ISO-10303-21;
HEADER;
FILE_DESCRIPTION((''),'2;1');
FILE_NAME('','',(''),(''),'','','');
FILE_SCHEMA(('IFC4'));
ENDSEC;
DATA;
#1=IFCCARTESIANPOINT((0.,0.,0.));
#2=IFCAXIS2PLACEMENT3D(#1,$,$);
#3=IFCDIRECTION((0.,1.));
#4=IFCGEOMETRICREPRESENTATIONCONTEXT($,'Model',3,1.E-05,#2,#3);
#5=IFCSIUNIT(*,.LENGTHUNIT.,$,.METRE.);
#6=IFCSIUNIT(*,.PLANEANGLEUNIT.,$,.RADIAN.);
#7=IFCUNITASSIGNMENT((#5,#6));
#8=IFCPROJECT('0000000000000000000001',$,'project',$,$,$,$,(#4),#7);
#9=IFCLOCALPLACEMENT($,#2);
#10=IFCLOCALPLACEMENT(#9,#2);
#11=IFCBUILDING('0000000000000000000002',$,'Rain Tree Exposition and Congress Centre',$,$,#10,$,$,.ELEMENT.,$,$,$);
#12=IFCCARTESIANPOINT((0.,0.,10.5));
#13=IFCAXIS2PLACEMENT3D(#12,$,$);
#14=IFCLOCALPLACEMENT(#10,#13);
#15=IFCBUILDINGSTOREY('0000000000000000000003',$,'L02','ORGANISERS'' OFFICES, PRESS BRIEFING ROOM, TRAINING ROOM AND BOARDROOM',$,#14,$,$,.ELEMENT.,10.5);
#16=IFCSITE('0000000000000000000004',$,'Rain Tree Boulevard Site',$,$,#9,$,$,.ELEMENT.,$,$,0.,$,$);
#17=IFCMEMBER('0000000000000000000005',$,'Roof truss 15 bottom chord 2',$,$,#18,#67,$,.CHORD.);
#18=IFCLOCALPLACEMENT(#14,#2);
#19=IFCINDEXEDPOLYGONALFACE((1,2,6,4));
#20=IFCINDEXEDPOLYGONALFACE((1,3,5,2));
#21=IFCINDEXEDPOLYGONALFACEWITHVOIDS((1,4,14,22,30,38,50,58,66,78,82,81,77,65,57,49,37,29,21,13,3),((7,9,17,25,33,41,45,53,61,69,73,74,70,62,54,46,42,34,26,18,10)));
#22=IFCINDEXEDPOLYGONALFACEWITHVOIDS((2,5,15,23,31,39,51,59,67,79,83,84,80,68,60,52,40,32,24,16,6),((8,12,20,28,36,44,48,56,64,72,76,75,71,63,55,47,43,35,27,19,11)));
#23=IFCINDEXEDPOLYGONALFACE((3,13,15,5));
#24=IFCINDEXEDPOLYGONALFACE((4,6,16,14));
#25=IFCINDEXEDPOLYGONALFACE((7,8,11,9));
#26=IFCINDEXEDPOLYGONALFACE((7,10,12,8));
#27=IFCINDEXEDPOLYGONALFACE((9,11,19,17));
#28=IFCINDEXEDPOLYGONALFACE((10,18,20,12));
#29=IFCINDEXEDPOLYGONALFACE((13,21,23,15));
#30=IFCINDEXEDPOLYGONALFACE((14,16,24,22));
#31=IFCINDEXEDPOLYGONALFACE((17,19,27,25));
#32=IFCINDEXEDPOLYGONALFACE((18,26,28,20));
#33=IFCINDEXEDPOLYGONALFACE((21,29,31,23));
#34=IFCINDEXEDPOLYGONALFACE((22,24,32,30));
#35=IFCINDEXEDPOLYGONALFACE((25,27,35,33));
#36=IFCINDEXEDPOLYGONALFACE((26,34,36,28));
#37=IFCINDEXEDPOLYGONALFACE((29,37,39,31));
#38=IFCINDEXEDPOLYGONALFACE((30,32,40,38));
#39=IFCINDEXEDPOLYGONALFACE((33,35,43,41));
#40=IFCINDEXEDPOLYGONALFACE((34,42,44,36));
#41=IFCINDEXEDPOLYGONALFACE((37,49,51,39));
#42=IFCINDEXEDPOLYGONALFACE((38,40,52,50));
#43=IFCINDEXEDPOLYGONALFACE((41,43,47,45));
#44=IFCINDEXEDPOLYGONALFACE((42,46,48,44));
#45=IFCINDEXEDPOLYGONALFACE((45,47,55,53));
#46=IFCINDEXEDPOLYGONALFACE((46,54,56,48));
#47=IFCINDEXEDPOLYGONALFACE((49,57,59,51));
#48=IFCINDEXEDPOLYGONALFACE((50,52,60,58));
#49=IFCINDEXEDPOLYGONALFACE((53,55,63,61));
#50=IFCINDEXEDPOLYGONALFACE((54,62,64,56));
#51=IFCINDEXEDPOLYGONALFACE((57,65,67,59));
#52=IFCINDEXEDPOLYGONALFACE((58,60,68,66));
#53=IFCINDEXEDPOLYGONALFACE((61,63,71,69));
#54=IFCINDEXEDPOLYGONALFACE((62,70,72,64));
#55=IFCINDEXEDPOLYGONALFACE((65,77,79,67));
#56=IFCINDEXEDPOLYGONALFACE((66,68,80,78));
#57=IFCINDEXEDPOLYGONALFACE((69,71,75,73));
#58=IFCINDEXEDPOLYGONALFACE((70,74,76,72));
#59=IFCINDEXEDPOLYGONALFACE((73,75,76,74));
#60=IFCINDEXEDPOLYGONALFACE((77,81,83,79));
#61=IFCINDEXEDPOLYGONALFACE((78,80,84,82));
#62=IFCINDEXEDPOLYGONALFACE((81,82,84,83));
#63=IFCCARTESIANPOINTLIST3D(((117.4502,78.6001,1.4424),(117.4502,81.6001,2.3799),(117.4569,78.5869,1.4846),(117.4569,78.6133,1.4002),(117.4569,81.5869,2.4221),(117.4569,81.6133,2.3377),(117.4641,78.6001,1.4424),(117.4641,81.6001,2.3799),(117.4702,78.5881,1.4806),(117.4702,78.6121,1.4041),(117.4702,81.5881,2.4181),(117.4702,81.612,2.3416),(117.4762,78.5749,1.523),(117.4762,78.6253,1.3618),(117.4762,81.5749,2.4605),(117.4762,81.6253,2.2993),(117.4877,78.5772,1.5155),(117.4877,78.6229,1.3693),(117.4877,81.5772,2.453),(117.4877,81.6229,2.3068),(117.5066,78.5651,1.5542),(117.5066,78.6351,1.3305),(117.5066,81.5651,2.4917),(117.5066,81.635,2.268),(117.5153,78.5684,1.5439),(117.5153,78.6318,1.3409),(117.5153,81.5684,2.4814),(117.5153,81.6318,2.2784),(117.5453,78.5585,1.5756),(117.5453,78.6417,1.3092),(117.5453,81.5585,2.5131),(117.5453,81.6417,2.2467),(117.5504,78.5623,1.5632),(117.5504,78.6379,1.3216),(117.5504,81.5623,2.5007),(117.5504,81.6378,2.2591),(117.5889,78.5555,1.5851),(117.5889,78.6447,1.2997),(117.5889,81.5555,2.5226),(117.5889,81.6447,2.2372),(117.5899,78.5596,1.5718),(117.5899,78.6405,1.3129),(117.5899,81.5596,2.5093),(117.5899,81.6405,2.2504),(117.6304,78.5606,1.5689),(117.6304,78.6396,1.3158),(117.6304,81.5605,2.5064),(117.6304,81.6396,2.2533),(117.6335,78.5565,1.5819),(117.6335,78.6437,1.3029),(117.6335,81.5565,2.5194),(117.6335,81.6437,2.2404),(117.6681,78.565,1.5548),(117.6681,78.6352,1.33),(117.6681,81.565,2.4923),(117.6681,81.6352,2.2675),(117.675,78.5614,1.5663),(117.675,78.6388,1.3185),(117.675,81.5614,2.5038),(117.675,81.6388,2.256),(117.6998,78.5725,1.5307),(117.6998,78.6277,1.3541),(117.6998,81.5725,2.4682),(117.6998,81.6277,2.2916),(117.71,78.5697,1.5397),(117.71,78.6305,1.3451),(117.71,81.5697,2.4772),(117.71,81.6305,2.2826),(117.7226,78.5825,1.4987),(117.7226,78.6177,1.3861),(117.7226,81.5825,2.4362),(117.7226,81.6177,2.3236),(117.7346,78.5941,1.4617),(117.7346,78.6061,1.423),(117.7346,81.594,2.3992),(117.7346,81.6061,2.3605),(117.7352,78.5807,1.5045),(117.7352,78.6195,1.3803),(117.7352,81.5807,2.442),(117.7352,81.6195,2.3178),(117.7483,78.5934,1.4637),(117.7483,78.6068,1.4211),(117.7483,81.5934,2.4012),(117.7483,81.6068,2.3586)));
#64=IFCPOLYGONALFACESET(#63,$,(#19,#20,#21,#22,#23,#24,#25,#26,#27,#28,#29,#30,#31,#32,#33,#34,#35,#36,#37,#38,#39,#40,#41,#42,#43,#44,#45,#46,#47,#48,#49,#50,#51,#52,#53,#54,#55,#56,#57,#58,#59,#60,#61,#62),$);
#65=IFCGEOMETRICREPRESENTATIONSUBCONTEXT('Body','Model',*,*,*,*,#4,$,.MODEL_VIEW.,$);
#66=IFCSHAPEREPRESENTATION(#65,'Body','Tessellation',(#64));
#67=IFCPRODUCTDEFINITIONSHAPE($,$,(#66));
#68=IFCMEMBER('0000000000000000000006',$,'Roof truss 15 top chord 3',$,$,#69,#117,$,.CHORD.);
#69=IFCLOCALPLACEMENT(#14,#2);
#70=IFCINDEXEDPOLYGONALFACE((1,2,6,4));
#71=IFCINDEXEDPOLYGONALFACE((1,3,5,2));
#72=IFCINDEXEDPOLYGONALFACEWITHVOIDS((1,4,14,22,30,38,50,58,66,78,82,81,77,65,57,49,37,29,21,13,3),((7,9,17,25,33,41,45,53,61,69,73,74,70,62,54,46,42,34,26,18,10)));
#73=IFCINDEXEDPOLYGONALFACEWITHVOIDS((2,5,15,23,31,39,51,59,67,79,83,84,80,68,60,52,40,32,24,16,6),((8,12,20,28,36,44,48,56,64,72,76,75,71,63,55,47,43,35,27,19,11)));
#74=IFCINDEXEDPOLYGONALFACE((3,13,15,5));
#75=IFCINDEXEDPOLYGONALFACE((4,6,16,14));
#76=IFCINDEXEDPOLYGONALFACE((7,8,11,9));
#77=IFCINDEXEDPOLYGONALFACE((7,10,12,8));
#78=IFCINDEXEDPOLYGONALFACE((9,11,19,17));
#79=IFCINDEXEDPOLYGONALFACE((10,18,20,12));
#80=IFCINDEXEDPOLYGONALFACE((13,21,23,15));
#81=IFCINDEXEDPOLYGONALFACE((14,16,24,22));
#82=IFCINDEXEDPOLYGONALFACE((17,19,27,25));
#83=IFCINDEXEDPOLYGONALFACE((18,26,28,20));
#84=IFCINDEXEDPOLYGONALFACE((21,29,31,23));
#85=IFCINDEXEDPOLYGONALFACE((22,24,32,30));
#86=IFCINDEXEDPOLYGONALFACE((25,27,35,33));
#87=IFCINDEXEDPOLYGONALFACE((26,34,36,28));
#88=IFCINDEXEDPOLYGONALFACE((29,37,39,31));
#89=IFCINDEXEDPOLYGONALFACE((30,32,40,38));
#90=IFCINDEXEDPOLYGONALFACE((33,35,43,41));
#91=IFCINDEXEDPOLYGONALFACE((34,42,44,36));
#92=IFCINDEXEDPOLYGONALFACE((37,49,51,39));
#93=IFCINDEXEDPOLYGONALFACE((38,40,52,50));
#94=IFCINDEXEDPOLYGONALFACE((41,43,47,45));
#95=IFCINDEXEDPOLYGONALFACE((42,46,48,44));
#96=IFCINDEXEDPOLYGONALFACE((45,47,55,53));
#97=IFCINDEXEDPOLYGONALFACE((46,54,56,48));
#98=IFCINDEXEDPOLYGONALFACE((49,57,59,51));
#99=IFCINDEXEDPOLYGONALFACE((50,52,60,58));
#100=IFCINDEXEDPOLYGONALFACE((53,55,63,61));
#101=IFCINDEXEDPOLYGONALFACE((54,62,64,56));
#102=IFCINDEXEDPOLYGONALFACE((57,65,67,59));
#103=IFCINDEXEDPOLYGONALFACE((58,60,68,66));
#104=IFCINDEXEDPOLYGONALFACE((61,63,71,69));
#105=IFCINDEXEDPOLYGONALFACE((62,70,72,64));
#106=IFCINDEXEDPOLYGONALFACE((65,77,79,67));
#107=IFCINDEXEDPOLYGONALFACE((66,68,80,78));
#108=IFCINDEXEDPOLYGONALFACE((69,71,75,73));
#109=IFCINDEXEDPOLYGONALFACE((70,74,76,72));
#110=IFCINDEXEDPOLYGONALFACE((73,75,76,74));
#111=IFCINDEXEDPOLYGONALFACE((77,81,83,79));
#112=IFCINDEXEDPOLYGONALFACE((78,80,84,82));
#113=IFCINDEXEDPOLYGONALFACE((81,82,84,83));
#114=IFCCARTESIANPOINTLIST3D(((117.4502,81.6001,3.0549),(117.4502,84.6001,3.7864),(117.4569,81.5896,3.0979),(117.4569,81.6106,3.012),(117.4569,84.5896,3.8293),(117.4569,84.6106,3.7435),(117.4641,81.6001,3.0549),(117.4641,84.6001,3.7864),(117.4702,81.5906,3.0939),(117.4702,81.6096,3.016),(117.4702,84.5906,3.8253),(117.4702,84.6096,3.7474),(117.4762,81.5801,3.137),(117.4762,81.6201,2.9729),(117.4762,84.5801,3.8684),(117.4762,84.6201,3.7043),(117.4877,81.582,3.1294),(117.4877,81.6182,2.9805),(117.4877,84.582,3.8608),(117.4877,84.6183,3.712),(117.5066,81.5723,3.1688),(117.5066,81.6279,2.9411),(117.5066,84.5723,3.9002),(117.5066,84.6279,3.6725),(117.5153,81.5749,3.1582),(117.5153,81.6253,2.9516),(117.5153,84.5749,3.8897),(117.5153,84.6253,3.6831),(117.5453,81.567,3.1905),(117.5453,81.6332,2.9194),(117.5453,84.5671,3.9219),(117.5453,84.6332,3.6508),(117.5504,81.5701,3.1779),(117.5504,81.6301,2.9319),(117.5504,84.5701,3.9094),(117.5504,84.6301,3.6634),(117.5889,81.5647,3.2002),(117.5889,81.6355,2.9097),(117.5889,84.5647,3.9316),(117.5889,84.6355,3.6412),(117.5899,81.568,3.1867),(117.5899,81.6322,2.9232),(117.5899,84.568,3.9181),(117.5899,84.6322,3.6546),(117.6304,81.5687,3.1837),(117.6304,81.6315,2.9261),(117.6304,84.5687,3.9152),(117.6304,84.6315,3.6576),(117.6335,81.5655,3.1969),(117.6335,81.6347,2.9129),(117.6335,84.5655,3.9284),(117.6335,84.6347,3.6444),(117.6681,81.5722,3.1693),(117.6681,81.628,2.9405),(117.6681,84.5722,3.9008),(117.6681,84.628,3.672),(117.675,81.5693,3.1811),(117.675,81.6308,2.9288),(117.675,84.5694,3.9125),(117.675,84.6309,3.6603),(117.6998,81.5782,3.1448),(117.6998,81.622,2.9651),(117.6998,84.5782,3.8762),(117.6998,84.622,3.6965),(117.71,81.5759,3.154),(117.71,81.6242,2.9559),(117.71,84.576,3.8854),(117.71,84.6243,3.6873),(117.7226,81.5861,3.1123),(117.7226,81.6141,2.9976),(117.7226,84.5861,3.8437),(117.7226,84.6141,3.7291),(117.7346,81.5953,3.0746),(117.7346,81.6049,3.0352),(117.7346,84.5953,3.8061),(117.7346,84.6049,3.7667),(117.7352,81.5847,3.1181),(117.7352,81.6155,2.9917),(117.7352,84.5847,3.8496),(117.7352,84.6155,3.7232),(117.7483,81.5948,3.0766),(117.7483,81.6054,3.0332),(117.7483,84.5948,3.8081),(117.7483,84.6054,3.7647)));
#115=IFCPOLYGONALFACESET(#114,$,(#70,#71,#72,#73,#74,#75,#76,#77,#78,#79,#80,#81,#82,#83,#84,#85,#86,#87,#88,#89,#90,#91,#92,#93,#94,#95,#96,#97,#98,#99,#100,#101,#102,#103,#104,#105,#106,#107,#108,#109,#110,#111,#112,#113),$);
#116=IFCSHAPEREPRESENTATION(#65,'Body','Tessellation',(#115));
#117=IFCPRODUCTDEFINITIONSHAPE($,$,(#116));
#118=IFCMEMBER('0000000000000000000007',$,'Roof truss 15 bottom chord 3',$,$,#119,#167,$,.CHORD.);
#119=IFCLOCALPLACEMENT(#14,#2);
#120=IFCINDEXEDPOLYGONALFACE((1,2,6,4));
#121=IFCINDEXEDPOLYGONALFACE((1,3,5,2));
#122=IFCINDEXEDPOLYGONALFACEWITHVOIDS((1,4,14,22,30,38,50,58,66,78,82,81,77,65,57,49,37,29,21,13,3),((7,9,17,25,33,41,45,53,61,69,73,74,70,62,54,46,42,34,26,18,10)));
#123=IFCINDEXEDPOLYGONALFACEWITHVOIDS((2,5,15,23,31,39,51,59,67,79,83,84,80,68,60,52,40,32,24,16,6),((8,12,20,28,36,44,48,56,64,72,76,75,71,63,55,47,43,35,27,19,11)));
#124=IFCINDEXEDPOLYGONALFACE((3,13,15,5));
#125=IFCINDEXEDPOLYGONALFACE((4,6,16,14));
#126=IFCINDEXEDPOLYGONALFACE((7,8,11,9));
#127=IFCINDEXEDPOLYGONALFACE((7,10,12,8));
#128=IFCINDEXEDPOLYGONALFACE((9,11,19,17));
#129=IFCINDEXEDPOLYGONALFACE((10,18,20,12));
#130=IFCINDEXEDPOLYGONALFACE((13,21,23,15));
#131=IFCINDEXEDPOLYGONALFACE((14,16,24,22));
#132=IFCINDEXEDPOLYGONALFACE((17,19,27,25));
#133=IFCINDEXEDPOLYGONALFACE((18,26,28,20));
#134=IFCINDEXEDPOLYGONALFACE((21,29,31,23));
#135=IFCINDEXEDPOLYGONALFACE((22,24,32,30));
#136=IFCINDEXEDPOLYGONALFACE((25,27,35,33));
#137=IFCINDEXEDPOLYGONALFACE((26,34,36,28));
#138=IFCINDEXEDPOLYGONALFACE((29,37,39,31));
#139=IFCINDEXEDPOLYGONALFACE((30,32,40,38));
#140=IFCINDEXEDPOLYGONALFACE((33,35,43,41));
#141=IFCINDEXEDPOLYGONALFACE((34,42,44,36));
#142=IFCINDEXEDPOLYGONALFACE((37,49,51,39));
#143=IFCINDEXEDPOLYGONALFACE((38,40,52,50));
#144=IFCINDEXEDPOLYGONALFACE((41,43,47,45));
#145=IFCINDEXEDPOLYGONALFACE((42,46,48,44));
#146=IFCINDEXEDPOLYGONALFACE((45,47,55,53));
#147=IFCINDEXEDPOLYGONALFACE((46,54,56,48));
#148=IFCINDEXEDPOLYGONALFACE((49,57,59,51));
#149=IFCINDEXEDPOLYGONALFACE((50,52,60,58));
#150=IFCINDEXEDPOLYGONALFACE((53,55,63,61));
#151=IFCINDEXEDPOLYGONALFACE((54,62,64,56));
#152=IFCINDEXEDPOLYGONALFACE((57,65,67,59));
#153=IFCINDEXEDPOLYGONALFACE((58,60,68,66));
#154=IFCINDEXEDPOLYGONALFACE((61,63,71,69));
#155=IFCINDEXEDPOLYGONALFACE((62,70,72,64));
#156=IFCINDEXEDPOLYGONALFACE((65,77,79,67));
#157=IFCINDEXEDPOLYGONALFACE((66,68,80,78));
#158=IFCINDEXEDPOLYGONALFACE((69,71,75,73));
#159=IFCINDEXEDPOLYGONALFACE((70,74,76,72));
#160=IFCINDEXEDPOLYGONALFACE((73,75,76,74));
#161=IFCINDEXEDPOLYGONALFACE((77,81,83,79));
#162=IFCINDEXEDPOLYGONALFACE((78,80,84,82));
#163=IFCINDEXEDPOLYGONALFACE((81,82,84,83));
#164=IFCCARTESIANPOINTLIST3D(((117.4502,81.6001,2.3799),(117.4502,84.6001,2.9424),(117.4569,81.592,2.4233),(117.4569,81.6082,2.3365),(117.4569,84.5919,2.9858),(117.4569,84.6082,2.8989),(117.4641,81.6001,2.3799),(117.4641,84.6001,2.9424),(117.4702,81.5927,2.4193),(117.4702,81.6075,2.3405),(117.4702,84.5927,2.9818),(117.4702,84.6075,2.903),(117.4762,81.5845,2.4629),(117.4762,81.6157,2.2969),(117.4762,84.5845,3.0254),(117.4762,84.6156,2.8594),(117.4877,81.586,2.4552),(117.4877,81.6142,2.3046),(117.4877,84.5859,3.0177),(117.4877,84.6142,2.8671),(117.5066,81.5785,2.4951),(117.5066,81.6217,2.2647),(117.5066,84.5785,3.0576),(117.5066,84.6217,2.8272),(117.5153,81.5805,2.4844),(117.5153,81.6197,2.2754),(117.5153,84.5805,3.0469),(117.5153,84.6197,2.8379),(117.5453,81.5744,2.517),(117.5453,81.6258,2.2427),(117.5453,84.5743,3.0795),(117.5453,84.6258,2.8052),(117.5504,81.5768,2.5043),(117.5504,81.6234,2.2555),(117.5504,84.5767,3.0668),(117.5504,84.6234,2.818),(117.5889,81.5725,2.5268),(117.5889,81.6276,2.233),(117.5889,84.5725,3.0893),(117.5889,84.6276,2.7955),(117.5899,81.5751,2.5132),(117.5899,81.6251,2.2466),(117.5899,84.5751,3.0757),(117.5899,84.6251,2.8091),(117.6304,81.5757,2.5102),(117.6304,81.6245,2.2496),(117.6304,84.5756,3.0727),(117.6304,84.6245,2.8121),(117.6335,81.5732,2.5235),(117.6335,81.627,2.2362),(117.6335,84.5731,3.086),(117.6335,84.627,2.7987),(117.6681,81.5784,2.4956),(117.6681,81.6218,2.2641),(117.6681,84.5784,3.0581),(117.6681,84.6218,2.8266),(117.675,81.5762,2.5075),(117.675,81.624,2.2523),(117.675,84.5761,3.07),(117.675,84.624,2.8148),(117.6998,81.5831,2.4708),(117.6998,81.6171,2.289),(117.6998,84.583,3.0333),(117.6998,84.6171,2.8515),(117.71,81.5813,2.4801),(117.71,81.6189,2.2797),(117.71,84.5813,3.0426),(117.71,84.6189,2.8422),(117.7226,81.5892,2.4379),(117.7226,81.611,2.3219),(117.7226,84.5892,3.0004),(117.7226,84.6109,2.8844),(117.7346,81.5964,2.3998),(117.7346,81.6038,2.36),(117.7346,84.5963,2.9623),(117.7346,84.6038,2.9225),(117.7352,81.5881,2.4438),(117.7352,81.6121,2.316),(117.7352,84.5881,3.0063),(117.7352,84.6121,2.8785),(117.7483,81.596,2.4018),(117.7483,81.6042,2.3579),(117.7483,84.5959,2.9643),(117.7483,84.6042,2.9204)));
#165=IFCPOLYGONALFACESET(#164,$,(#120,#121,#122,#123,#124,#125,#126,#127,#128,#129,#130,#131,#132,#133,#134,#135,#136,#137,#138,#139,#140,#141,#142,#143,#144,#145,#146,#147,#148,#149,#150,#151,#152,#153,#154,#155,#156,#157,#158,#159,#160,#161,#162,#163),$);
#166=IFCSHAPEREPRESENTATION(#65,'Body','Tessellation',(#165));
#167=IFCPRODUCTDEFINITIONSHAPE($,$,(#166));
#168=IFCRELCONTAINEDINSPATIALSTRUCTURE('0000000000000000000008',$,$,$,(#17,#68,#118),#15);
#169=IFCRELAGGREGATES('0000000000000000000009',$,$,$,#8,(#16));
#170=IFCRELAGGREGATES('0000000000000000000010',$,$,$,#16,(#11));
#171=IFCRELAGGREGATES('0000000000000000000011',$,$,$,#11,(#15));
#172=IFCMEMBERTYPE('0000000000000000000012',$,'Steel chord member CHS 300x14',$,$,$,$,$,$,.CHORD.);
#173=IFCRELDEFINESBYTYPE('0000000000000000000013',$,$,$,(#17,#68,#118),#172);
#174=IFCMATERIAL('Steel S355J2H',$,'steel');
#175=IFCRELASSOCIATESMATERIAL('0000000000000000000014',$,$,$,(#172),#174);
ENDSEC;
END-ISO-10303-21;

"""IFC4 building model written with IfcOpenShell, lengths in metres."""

from ifc_helpers import new_model, si_unit, direction, frame, origin, origin_2d, place, context, subcontext, project, spatial, hollow_circle, extrude, material, material_profile, profile_set, type_object, element, save


model = new_model("IFC4")

# Units and contexts
model_context = context("Model", 3, precision=1e-05, world=origin(), true_north=direction((0.0, 1.0)))
body_context = subcontext(model_context, "Body", "Model", "MODEL_VIEW")
ifc_project = project(units=[si_unit("LENGTHUNIT", "METRE"), si_unit("PLANEANGLEUNIT", "RADIAN")], contexts=[model_context])

# Site, building, storey
site_placement = place(None, origin())
site = spatial("IfcSite", under=ifc_project, at=site_placement, Name="Rain Tree Boulevard Site", CompositionType="ELEMENT", RefElevation=0.0)
building_placement = place(site_placement, origin())
building = spatial("IfcBuilding", under=site, at=building_placement, Name="Rain Tree Exposition and Congress Centre", CompositionType="ELEMENT")
storey_placement = place(building_placement, frame((0.0, 0.0, 10.5)))
storey = spatial("IfcBuildingStorey", under=building, at=storey_placement, Name="L02", Description="ORGANISERS' OFFICES, PRESS BRIEFING ROOM, TRAINING ROOM AND BOARDROOM", CompositionType="ELEMENT", Elevation=10.5)

# Members
ifc_material_1 = material(Name="Steel S355J2H", Category="steel")
ifc_material_profile_1 = material_profile(ifc_material_1, hollow_circle(Radius=0.1499, WallThickness=0.0139, at=origin_2d()), Name="CHS 300x14")
ifc_profile_set_1 = profile_set([ifc_material_profile_1], Name="Steel S355J2H")
member_type_1 = type_object("IfcMemberType", Name="Steel chord member CHS 300x14", PredefinedType="CHORD", material=ifc_profile_set_1)
member_1_placement = place(storey_placement, frame((117.6001, 78.6001, 1.4424), z_axis=(0.0, 0.95448, 0.298275), x_axis=(-1.0, 0.0, 0.0)))
element("IfcMember", 1, at=member_1_placement, inside=storey, type_object=member_type_1, Name="Roof truss 15 bottom chord 2", PredefinedType="CHORD", context=body_context, shape_type="SweptSolid", body=[
    extrude(hollow_circle(Radius=0.1499, WallThickness=0.0139, at=origin_2d()), origin(), (0.0, 0.0, 1.0), 3.1431),
])
member_2_placement = place(storey_placement, frame((117.6001, 81.6001, 3.0549), z_axis=(0.0, 0.97154, 0.236876), x_axis=(-1.0, 0.0, 0.0)))
element("IfcMember", 2, at=member_2_placement, inside=storey, type_object=member_type_1, Name="Roof truss 15 top chord 3", PredefinedType="CHORD", context=body_context, shape_type="SweptSolid", body=[
    extrude(hollow_circle(Radius=0.1499, WallThickness=0.0139, at=origin_2d()), origin(), (0.0, 0.0, 1.0), 3.0879),
])
member_3_placement = place(storey_placement, frame((117.6001, 81.6001, 2.3799), z_axis=(0.0, 0.982872, 0.184289), x_axis=(-1.0, 0.0, 0.0)))
element("IfcMember", 3, at=member_3_placement, inside=storey, type_object=member_type_1, Name="Roof truss 15 bottom chord 3", PredefinedType="CHORD", context=body_context, shape_type="SweptSolid", body=[
    extrude(hollow_circle(Radius=0.1499, WallThickness=0.0139, at=origin_2d()), origin(), (0.0, 0.0, 1.0), 3.0522),
])

save(model, "model.ifc")
